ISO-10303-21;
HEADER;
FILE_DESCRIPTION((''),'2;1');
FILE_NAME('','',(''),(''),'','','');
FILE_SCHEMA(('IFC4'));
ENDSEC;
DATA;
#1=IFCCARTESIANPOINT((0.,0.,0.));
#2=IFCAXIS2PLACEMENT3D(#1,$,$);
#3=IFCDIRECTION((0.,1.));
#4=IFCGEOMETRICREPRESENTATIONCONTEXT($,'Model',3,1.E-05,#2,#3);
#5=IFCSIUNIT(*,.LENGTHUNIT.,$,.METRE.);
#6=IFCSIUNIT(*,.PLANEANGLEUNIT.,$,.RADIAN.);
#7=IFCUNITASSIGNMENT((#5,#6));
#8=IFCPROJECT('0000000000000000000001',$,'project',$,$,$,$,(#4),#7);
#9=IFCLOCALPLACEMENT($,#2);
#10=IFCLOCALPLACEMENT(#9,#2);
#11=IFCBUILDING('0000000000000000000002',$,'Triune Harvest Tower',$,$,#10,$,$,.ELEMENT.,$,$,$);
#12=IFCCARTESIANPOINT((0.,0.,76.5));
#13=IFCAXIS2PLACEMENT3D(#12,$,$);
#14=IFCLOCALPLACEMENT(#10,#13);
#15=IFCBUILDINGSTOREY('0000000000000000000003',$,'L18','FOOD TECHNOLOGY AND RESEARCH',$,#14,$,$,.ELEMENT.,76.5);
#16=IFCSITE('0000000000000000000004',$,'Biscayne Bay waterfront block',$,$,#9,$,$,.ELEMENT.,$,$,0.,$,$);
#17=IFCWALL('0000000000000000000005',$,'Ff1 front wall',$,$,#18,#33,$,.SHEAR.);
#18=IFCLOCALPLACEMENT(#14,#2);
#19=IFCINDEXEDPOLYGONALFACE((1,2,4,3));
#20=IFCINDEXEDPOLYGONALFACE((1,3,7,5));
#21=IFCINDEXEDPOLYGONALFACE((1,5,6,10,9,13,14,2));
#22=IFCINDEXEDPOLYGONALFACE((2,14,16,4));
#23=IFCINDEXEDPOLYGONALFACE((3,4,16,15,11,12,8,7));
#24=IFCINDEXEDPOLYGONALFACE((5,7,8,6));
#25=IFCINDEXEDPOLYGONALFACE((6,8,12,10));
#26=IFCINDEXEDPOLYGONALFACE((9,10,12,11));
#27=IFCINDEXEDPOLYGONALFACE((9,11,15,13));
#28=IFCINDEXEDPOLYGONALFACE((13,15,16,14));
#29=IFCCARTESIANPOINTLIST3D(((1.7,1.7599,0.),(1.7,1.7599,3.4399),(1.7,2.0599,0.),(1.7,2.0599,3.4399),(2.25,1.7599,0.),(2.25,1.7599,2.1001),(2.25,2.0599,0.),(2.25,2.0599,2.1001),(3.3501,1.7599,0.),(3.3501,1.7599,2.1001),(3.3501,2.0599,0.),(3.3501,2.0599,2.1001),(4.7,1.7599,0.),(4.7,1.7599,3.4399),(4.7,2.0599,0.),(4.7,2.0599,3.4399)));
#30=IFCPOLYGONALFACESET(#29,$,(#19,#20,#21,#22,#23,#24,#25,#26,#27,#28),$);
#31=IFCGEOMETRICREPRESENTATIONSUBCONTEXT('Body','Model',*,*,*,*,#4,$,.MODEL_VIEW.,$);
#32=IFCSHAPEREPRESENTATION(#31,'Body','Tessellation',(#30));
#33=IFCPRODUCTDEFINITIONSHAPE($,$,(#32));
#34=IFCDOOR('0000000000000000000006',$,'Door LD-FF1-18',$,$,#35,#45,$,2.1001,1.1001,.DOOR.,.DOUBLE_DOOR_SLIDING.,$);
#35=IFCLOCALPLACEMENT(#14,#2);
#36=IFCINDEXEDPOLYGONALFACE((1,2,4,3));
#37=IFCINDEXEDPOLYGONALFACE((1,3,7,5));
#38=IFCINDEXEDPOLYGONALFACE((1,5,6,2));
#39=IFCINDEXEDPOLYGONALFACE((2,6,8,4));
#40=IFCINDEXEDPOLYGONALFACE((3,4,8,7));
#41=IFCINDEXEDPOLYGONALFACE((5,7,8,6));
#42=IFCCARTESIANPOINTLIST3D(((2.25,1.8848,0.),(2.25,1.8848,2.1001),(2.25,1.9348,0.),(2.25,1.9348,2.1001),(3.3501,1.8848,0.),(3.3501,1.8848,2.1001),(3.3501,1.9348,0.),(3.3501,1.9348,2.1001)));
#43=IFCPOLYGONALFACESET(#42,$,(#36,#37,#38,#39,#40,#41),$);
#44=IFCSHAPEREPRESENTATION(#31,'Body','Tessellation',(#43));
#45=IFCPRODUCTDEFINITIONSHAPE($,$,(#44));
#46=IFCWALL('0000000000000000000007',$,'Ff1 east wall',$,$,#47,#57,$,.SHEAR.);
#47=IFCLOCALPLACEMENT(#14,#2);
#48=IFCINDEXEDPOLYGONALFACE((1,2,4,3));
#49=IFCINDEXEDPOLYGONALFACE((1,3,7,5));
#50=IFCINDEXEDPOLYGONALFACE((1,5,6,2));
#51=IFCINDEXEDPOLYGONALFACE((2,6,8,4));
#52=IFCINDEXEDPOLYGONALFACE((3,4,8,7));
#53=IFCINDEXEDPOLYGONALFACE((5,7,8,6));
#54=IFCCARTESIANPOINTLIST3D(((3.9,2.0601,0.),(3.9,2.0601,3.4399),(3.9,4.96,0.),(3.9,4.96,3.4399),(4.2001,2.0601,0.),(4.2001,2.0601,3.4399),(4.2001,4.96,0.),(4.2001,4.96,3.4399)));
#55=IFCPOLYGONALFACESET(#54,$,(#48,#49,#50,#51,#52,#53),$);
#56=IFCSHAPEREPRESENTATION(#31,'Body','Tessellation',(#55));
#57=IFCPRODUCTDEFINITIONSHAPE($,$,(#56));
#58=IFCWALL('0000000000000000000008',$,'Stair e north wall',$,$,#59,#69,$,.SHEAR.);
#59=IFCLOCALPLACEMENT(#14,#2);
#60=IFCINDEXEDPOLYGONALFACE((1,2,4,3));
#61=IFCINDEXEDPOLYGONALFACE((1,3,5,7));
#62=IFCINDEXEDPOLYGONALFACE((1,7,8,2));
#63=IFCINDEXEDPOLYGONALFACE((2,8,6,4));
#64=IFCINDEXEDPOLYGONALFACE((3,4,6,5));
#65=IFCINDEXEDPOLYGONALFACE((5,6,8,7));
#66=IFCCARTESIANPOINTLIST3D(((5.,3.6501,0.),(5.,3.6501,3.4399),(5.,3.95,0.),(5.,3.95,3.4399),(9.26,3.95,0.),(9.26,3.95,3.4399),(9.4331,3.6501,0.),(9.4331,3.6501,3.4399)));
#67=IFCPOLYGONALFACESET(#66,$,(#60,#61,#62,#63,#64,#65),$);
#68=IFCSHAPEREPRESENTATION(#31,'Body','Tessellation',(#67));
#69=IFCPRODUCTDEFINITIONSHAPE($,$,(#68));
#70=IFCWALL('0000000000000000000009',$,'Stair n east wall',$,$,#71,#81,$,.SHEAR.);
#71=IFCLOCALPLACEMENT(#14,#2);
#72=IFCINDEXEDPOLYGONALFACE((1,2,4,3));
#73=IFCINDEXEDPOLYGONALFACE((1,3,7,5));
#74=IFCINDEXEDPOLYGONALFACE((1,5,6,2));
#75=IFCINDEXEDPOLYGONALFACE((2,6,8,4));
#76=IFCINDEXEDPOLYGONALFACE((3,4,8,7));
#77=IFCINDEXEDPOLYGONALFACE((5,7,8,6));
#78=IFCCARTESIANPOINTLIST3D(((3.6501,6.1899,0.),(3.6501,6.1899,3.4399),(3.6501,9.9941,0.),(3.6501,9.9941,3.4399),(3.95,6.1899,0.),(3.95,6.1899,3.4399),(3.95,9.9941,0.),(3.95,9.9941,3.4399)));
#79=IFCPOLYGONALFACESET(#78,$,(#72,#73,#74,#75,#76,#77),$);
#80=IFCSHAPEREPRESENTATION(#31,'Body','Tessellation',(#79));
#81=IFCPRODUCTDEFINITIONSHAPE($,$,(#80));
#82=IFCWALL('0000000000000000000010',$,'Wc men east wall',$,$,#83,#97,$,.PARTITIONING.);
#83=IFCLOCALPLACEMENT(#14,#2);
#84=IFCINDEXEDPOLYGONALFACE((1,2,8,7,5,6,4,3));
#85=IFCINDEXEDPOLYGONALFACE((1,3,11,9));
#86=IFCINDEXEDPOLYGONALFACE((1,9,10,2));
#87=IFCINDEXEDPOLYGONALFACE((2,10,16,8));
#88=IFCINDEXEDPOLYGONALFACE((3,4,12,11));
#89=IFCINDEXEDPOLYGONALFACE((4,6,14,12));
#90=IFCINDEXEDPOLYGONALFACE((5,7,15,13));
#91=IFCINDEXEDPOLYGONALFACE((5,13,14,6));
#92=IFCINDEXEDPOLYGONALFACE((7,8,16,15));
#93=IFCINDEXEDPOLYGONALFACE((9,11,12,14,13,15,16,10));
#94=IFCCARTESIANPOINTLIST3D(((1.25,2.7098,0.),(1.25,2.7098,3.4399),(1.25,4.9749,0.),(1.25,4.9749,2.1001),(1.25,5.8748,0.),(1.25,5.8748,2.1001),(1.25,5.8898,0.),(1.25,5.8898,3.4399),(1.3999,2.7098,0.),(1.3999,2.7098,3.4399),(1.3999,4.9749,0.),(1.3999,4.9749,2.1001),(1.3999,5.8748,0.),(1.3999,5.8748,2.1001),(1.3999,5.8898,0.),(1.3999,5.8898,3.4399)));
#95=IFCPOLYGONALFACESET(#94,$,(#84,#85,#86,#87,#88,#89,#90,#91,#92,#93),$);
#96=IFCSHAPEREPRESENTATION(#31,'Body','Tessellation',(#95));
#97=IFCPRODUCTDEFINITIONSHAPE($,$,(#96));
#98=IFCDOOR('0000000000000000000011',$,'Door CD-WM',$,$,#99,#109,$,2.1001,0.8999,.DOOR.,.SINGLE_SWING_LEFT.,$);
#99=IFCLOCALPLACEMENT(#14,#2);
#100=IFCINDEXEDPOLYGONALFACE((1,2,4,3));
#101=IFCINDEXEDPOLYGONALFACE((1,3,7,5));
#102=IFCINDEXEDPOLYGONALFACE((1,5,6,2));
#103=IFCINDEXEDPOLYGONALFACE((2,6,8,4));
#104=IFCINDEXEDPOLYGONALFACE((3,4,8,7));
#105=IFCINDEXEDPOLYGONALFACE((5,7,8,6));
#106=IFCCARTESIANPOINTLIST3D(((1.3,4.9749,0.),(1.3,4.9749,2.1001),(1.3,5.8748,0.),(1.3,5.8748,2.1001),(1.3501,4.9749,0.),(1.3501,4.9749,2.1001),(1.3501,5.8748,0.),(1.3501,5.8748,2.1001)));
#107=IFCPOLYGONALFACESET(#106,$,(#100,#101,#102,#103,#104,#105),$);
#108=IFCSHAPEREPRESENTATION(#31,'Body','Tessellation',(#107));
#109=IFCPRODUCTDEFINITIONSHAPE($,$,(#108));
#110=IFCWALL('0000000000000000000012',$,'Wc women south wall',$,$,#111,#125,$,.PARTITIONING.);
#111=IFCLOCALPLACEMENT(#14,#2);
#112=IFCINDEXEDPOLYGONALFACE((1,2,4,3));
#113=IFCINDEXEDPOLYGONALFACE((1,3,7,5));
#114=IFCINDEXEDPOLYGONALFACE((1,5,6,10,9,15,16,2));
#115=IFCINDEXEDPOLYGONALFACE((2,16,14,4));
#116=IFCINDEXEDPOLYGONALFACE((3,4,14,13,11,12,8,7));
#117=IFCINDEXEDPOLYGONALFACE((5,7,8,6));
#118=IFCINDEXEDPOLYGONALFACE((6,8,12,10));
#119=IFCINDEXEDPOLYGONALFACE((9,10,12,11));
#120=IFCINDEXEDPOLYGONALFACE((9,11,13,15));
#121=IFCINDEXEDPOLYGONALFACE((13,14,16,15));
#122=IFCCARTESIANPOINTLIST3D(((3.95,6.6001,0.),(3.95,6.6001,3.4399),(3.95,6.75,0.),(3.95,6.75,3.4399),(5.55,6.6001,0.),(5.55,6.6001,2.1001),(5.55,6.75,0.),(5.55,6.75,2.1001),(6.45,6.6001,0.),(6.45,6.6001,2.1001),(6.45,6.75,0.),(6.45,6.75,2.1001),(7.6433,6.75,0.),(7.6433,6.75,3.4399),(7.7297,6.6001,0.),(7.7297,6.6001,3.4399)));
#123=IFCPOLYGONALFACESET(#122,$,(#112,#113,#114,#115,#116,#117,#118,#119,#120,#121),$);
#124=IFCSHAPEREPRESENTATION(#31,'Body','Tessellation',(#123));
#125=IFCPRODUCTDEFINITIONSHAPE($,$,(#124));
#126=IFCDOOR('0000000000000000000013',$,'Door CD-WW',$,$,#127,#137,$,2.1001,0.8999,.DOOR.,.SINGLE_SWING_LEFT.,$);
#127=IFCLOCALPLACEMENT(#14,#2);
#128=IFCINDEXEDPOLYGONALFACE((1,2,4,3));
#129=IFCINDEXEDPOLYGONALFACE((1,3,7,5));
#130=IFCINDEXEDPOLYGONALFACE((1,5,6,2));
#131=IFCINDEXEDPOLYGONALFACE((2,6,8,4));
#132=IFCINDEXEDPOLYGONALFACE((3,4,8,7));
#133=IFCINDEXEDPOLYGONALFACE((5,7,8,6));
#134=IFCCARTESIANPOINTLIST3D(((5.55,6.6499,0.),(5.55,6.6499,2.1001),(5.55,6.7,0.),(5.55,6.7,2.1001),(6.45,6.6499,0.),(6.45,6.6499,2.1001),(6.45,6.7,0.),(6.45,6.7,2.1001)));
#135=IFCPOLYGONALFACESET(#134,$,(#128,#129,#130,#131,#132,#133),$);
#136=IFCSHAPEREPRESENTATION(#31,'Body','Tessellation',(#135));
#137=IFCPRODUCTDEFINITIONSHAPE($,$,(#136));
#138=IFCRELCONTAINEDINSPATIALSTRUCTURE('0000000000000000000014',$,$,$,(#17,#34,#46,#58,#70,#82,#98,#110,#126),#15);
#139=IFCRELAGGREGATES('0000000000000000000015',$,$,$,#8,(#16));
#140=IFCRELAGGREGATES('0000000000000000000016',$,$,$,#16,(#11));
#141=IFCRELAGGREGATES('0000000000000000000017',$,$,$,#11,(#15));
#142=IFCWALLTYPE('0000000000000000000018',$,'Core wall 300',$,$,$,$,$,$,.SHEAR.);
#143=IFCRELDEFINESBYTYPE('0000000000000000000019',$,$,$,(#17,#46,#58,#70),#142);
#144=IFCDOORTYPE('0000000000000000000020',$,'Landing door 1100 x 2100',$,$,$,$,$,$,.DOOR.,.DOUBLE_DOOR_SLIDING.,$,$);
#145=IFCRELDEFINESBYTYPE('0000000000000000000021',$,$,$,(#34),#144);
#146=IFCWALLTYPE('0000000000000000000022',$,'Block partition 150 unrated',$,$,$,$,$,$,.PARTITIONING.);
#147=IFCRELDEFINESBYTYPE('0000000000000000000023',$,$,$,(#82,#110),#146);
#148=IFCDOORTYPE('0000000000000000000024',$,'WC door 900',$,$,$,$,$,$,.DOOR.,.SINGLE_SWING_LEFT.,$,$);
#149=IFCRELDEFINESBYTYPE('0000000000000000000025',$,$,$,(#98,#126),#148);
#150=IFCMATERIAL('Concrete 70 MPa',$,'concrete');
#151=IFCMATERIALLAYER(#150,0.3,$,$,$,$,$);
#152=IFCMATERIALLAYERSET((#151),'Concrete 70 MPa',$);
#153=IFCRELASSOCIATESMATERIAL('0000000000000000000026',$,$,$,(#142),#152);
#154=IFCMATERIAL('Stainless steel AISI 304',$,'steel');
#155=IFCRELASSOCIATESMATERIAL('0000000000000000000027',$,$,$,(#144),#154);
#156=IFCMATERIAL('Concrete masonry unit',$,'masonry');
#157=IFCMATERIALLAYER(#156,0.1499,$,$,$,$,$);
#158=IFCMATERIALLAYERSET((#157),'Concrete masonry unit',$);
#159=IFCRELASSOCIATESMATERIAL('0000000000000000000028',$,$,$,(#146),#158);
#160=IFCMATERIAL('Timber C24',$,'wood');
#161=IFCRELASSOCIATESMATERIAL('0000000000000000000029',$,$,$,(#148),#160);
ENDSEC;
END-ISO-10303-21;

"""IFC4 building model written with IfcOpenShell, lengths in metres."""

from ifc_helpers import new_model, si_unit, direction, frame, frame_2d, origin, place, context, subcontext, project, spatial, polyline, rectangle, outline, extrude, source, transform, mapped, material, layer, layer_set, type_object, element, fill, save


model = new_model("IFC4")

# Units and contexts
model_context = context("Model", 3, precision=1e-05, world=origin(), true_north=direction((0.0, 1.0)))
body_context = subcontext(model_context, "Body", "Model", "MODEL_VIEW")
ifc_project = project(units=[si_unit("LENGTHUNIT", "METRE"), si_unit("PLANEANGLEUNIT", "RADIAN")], contexts=[model_context])

# Site, building, storey
site_placement = place(None, origin())
site = spatial("IfcSite", under=ifc_project, at=site_placement, Name="Biscayne Bay waterfront block", CompositionType="ELEMENT", RefElevation=0.0)
building_placement = place(site_placement, origin())
building = spatial("IfcBuilding", under=site, at=building_placement, Name="Triune Harvest Tower", CompositionType="ELEMENT")
storey_placement = place(building_placement, frame((0.0, 0.0, 76.5)))
storey = spatial("IfcBuildingStorey", under=building, at=storey_placement, Name="L18", Description="FOOD TECHNOLOGY AND RESEARCH", CompositionType="ELEMENT", Elevation=76.5)

# Shared definitions
ifc_material_1 = material(Name="Concrete 70 MPa", Category="concrete")
ifc_layer_1 = layer(ifc_material_1, 0.3)
ifc_layer_set_1 = layer_set([ifc_layer_1], Name="Concrete 70 MPa")
wall_type_1 = type_object("IfcWallType", Name="Core wall 300", PredefinedType="SHEAR", material=ifc_layer_set_1)

# Wall, opening, door
shared_shape_1 = source(origin(), body_context, "Body", "SweptSolid", [
    extrude(rectangle(XDim=3.0, YDim=0.3, at=frame_2d((1.5, 0.0))), origin(), (0.0, 0.0, 1.0), 3.4399),
])
wall_1_placement = place(storey_placement, frame((1.7, 1.9099, 0.0), z_axis=(0.0, 0.0, 1.0), x_axis=(1.0, 0.0, 0.0)))
wall_1 = element("IfcWall", 1, at=wall_1_placement, inside=storey, type_object=wall_type_1, Name="Ff1 front wall", PredefinedType="SHEAR", context=body_context, shape_type="MappedRepresentation", body=[
    mapped(shared_shape_1, transform((0.0, 0.0, 0.0), scale=1.0)),
])
opening_1_placement = place(wall_1_placement, frame((0.55, 0.0, 0.0)))
opening_1 = element("IfcOpeningElement", 2, at=opening_1_placement, cuts=wall_1, PredefinedType="OPENING", context=body_context, shape_type="SweptSolid", body=[
    extrude(rectangle(XDim=1.1001, YDim=2.1001, at=frame_2d((0.55, 1.05))), frame((0.0, 0.1602, 0.0), z_axis=(0.0, -1.0, 0.0), x_axis=(1.0, 0.0, 0.0)), (0.0, 0.0, 1.0), 0.3201),
])
ifc_material_2 = material(Name="Stainless steel AISI 304", Category="steel")
door_type_1 = type_object("IfcDoorType", Name="Landing door 1100 x 2100", OperationType="DOUBLE_DOOR_SLIDING", PredefinedType="DOOR", material=ifc_material_2)
door_1_placement = place(opening_1_placement, origin())
door_1 = element("IfcDoor", 3, at=door_1_placement, inside=storey, type_object=door_type_1, Name="Door LD-FF1-18", OperationType="DOUBLE_DOOR_SLIDING", OverallHeight=2.1001, OverallWidth=1.1001, PredefinedType="DOOR", context=body_context, shape_type="SweptSolid", body=[
    extrude(rectangle(XDim=1.1001, YDim=2.1001, at=frame_2d((0.55, 1.05))), frame((0.0, 0.0249, 0.0), z_axis=(0.0, -1.0, 0.0), x_axis=(1.0, 0.0, 0.0)), (0.0, 0.0, 1.0), 0.05),
])
fill(opening_1, door_1)

# Walls
shared_shape_2 = source(origin(), body_context, "Body", "SweptSolid", [
    extrude(rectangle(XDim=2.8999, YDim=0.3, at=frame_2d((1.45, 0.0))), origin(), (0.0, 0.0, 1.0), 3.4399),
])
wall_2_placement = place(storey_placement, frame((4.05, 2.0601, 0.0), z_axis=(0.0, 0.0, 1.0), x_axis=(0.0, 1.0, 0.0)))
element("IfcWall", 4, at=wall_2_placement, inside=storey, type_object=wall_type_1, Name="Ff1 east wall", PredefinedType="SHEAR", context=body_context, shape_type="MappedRepresentation", body=[
    mapped(shared_shape_2, transform((0.0, 0.0, 0.0), scale=1.0)),
])
shared_shape_3 = source(origin(), body_context, "Body", "SweptSolid", [
    extrude(outline(polyline([(0.0, -0.1499), (0.0, 0.1499), (4.26, 0.1499), (4.4331, -0.1499), (0.0, -0.1499)])), origin(), (0.0, 0.0, 1.0), 3.4399),
])
wall_3_placement = place(storey_placement, frame((5.0, 3.8, 0.0), z_axis=(0.0, 0.0, 1.0), x_axis=(1.0, 0.0, 0.0)))
element("IfcWall", 5, at=wall_3_placement, inside=storey, type_object=wall_type_1, Name="Stair e north wall", PredefinedType="SHEAR", context=body_context, shape_type="MappedRepresentation", body=[
    mapped(shared_shape_3, transform((0.0, 0.0, 0.0), scale=1.0)),
])
shared_shape_4 = source(origin(), body_context, "Body", "SweptSolid", [
    extrude(outline(polyline([(0.0, -0.1499), (0.0, 0.1499), (3.8042, 0.1499), (3.8042, -0.1499), (0.0, -0.1499)])), origin(), (0.0, 0.0, 1.0), 3.4399),
])
wall_4_placement = place(storey_placement, frame((3.8, 6.1899, 0.0), z_axis=(0.0, 0.0, 1.0), x_axis=(0.0, 1.0, 0.0)))
element("IfcWall", 6, at=wall_4_placement, inside=storey, type_object=wall_type_1, Name="Stair n east wall", PredefinedType="SHEAR", context=body_context, shape_type="MappedRepresentation", body=[
    mapped(shared_shape_4, transform((0.0, 0.0, 0.0), scale=1.0)),
])

# Walls, openings, doors
ifc_material_3 = material(Name="Concrete masonry unit", Category="masonry")
ifc_layer_2 = layer(ifc_material_3, 0.1499)
ifc_layer_set_2 = layer_set([ifc_layer_2], Name="Concrete masonry unit")
wall_type_2 = type_object("IfcWallType", Name="Block partition 150 unrated", PredefinedType="PARTITIONING", material=ifc_layer_set_2)
shared_shape_5 = source(origin(), body_context, "Body", "SweptSolid", [
    extrude(rectangle(XDim=3.1799, YDim=0.1499, at=frame_2d((1.5898, 0.0))), origin(), (0.0, 0.0, 1.0), 3.4399),
])
wall_5_placement = place(storey_placement, frame((1.325, 2.71, 0.0), z_axis=(0.0, 0.0, 1.0), x_axis=(0.0, 1.0, 0.0)))
wall_5 = element("IfcWall", 7, at=wall_5_placement, inside=storey, type_object=wall_type_2, Name="Wc men east wall", PredefinedType="PARTITIONING", context=body_context, shape_type="MappedRepresentation", body=[
    mapped(shared_shape_5, transform((0.0, 0.0, 0.0), scale=1.0)),
])
opening_2_placement = place(wall_5_placement, frame((2.2649, 0.0, 0.0)))
opening_2 = element("IfcOpeningElement", 8, at=opening_2_placement, cuts=wall_5, PredefinedType="OPENING", context=body_context, shape_type="SweptSolid", body=[
    extrude(rectangle(XDim=0.8999, YDim=2.1001, at=frame_2d((0.45, 1.05))), frame((0.0, 0.085, 0.0), z_axis=(0.0, -1.0, 0.0), x_axis=(1.0, 0.0, 0.0)), (0.0, 0.0, 1.0), 0.1699),
])
ifc_material_4 = material(Name="Timber C24", Category="wood")
door_type_2 = type_object("IfcDoorType", Name="WC door 900", OperationType="SINGLE_SWING_LEFT", PredefinedType="DOOR", material=ifc_material_4)
door_2_placement = place(opening_2_placement, origin())
door_2 = element("IfcDoor", 9, at=door_2_placement, inside=storey, type_object=door_type_2, Name="Door CD-WM", OperationType="SINGLE_SWING_LEFT", OverallHeight=2.1001, OverallWidth=0.8999, PredefinedType="DOOR", context=body_context, shape_type="SweptSolid", body=[
    extrude(rectangle(XDim=0.8999, YDim=2.1001, at=frame_2d((0.45, 1.05))), frame((0.0, 0.0249, 0.0), z_axis=(0.0, -1.0, 0.0), x_axis=(1.0, 0.0, 0.0)), (0.0, 0.0, 1.0), 0.05),
])
fill(opening_2, door_2)
shared_shape_6 = source(origin(), body_context, "Body", "SweptSolid", [
    extrude(outline(polyline([(0.0, -0.075), (0.0, 0.075), (3.6934, 0.075), (3.7798, -0.075), (0.0, -0.075)])), origin(), (0.0, 0.0, 1.0), 3.4399),
])
wall_6_placement = place(storey_placement, frame((3.95, 6.675, 0.0), z_axis=(0.0, 0.0, 1.0), x_axis=(1.0, 0.0, 0.0)))
wall_6 = element("IfcWall", 10, at=wall_6_placement, inside=storey, type_object=wall_type_2, Name="Wc women south wall", PredefinedType="PARTITIONING", context=body_context, shape_type="MappedRepresentation", body=[
    mapped(shared_shape_6, transform((0.0, 0.0, 0.0), scale=1.0)),
])
opening_3_placement = place(wall_6_placement, frame((1.6001, 0.0, 0.0)))
opening_3 = element("IfcOpeningElement", 11, at=opening_3_placement, cuts=wall_6, PredefinedType="OPENING", context=body_context, shape_type="SweptSolid", body=[
    extrude(rectangle(XDim=0.8999, YDim=2.1001, at=frame_2d((0.45, 1.05))), frame((0.0, 0.085, 0.0), z_axis=(0.0, -1.0, 0.0), x_axis=(1.0, 0.0, 0.0)), (0.0, 0.0, 1.0), 0.1699),
])
door_3_placement = place(opening_3_placement, origin())
door_3 = element("IfcDoor", 12, at=door_3_placement, inside=storey, type_object=door_type_2, Name="Door CD-WW", OperationType="SINGLE_SWING_LEFT", OverallHeight=2.1001, OverallWidth=0.8999, PredefinedType="DOOR", context=body_context, shape_type="SweptSolid", body=[
    extrude(rectangle(XDim=0.8999, YDim=2.1001, at=frame_2d((0.45, 1.05))), frame((0.0, 0.0249, 0.0), z_axis=(0.0, -1.0, 0.0), x_axis=(1.0, 0.0, 0.0)), (0.0, 0.0, 1.0), 0.05),
])
fill(opening_3, door_3)

save(model, "model.ifc")
